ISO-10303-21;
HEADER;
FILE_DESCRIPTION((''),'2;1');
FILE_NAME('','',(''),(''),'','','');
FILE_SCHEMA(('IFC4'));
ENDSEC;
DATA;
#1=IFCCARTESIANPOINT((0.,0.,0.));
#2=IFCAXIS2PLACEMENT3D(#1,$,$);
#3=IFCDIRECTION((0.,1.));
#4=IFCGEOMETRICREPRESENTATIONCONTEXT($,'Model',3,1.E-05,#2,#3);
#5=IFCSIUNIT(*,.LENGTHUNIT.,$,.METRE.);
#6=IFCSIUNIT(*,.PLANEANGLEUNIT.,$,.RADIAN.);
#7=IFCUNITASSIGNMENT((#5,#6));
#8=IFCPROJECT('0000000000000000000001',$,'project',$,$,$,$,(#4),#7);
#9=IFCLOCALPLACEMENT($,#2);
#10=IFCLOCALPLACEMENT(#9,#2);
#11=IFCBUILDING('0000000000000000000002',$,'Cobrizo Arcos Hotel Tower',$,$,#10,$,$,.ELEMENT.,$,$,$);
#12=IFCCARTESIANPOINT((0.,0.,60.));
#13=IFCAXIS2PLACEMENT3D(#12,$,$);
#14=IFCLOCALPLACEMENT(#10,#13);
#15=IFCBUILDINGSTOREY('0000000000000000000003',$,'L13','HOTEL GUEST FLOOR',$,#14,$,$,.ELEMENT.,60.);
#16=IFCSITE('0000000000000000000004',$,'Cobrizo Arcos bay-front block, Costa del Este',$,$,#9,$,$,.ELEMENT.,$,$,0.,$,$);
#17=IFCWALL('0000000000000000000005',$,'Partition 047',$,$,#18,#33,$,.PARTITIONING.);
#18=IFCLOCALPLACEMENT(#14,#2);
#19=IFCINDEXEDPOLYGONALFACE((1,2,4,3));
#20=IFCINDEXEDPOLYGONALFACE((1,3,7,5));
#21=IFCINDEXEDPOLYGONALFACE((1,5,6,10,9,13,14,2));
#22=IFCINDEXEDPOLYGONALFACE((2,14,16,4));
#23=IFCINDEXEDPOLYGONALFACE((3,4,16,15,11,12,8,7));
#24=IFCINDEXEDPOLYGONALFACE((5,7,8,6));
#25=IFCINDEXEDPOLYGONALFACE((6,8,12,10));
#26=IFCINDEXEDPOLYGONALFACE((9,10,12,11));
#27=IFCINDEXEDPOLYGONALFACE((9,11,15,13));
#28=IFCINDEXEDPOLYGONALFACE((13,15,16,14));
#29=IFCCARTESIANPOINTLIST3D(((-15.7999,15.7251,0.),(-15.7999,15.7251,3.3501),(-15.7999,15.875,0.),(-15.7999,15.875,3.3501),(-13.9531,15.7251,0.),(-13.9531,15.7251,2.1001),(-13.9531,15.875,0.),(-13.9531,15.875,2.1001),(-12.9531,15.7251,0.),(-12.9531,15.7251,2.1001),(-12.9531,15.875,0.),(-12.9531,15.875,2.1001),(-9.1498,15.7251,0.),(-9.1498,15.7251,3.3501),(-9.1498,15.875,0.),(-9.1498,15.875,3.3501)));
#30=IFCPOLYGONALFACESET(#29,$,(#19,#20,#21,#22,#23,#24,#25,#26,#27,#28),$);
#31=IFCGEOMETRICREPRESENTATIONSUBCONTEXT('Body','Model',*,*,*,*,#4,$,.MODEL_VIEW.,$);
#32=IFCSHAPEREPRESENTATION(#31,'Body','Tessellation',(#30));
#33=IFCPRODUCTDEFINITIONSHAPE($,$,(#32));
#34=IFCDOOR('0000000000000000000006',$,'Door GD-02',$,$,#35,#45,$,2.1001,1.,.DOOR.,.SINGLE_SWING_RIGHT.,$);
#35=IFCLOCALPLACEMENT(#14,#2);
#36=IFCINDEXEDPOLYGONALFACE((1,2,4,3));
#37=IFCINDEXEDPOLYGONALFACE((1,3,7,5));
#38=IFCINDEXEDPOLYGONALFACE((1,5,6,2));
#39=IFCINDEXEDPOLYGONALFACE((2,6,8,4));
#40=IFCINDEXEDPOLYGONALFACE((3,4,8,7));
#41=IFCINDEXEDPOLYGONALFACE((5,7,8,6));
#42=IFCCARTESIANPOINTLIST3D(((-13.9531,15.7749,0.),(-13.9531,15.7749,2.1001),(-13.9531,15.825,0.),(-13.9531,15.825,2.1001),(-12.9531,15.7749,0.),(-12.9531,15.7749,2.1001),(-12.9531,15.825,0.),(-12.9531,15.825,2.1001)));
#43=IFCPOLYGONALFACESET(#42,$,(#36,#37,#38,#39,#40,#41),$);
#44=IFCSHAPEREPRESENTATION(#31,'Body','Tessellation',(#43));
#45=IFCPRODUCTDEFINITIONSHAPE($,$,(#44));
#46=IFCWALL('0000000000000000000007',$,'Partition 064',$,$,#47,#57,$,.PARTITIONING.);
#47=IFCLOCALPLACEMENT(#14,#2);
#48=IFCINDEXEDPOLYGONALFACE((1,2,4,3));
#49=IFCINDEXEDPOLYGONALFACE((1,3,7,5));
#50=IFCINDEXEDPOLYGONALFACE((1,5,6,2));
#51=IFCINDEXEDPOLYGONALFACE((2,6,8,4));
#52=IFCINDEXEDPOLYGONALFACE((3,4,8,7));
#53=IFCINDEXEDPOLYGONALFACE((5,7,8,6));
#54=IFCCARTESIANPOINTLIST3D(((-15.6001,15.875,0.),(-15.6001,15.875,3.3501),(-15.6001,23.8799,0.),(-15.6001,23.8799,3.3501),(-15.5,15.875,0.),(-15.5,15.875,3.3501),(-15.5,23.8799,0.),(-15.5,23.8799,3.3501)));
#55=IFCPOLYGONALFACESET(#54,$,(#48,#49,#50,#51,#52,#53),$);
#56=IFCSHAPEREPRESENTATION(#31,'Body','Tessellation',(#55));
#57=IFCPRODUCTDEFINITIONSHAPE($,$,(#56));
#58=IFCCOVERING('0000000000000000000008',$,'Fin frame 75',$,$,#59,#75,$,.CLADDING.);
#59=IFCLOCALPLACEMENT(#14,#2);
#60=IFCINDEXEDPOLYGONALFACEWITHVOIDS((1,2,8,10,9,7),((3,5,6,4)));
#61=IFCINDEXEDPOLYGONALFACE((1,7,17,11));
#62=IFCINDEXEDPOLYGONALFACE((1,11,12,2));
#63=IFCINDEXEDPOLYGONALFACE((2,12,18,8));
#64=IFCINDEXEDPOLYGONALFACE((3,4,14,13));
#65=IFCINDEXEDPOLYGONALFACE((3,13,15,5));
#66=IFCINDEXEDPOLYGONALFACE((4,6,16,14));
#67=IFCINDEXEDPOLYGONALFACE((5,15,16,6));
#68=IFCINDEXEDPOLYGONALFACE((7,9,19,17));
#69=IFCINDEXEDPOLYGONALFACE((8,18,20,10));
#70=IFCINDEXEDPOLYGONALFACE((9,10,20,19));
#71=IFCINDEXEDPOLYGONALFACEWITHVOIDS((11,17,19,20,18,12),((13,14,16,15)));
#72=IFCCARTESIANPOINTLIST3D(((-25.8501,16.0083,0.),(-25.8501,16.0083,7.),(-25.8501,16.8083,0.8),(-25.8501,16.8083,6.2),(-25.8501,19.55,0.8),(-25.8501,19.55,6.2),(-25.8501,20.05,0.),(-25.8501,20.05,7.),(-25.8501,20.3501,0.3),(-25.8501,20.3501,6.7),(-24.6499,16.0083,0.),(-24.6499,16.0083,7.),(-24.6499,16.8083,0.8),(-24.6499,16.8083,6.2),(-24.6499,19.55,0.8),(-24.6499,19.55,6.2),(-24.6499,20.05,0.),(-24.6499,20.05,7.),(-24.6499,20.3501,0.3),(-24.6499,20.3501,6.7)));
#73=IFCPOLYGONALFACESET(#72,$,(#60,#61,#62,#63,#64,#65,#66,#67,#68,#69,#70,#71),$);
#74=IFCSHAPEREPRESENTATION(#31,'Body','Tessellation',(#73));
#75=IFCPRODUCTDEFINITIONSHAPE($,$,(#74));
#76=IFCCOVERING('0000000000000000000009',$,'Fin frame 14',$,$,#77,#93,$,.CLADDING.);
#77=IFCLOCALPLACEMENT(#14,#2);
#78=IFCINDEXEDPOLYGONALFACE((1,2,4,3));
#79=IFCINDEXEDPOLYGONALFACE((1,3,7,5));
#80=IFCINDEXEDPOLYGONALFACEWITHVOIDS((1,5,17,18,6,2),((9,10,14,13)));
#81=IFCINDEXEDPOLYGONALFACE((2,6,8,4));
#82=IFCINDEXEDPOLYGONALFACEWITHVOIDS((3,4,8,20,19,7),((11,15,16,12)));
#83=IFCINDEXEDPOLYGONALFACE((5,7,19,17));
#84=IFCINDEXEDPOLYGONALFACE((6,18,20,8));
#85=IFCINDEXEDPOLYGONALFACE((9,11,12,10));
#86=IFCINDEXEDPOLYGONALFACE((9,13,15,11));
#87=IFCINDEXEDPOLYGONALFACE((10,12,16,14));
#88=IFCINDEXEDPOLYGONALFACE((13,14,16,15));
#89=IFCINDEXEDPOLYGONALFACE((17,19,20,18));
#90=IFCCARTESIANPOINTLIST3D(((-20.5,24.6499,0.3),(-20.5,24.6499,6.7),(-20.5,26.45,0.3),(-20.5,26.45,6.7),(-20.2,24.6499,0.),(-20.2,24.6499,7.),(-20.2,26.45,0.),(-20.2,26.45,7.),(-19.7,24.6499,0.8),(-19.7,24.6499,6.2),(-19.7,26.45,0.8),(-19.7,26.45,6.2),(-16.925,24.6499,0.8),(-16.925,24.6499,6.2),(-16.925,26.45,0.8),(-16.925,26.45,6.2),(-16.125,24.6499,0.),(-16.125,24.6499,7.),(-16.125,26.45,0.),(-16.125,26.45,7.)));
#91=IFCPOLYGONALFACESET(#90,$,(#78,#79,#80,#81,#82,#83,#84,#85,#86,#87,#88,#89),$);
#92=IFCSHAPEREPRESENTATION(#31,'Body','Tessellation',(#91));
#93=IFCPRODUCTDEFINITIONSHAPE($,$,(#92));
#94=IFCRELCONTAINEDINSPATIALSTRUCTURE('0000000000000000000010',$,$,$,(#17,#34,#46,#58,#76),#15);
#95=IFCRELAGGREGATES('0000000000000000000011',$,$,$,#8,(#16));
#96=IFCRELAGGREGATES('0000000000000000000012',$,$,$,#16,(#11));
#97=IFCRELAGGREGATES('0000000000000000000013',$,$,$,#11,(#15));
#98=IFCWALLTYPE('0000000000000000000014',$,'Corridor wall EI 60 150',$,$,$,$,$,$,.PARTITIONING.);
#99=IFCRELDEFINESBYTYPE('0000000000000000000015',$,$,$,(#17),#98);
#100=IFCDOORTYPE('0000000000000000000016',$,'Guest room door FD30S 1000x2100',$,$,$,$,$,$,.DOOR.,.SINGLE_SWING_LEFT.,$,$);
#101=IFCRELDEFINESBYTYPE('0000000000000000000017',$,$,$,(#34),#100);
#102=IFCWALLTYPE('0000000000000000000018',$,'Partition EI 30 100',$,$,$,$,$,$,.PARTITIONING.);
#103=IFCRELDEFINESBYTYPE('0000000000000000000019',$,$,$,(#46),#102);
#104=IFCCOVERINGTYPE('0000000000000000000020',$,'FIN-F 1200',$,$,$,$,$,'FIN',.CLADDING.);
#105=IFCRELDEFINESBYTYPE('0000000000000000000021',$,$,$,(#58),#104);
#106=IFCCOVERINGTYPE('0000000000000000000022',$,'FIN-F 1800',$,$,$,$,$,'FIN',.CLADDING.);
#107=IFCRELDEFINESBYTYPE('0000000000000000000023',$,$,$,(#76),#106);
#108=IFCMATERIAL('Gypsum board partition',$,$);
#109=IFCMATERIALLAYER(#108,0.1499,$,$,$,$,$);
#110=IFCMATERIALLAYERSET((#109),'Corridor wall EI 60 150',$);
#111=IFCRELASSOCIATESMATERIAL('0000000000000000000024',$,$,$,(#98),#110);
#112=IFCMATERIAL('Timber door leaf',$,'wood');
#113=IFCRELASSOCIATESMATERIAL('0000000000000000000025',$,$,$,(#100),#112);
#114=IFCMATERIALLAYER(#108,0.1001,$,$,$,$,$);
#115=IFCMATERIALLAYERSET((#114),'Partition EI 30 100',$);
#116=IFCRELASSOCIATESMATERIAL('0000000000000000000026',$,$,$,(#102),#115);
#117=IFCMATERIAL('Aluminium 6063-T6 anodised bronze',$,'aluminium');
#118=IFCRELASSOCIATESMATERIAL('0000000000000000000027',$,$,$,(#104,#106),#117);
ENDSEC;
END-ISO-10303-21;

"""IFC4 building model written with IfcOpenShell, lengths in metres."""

from ifc_helpers import new_model, si_unit, direction, frame, frame_2d, origin, place, context, subcontext, project, spatial, polyline, rectangle, outline, extrude, material, layer, layer_set, type_object, element, fill, save


model = new_model("IFC4")

# Units and contexts
model_context = context("Model", 3, precision=1e-05, world=origin(), true_north=direction((0.0, 1.0)))
body_context = subcontext(model_context, "Body", "Model", "MODEL_VIEW")
ifc_project = project(units=[si_unit("LENGTHUNIT", "METRE"), si_unit("PLANEANGLEUNIT", "RADIAN")], contexts=[model_context])

# Site, building, storey
site_placement = place(None, origin())
site = spatial("IfcSite", under=ifc_project, at=site_placement, Name="Cobrizo Arcos bay-front block, Costa del Este", CompositionType="ELEMENT", RefElevation=0.0)
building_placement = place(site_placement, origin())
building = spatial("IfcBuilding", under=site, at=building_placement, Name="Cobrizo Arcos Hotel Tower", CompositionType="ELEMENT")
storey_placement = place(building_placement, frame((0.0, 0.0, 60.0)))
storey = spatial("IfcBuildingStorey", under=building, at=storey_placement, Name="L13", Description="HOTEL GUEST FLOOR", CompositionType="ELEMENT", Elevation=60.0)

# Shared definitions
ifc_material_1 = material(Name="Aluminium 6063-T6 anodised bronze", Category="aluminium")

# Wall, opening, door
ifc_material_2 = material(Name="Gypsum board partition")
ifc_layer_1 = layer(ifc_material_2, 0.1499)
ifc_layer_set_1 = layer_set([ifc_layer_1], Name="Corridor wall EI 60 150")
wall_type_1 = type_object("IfcWallType", Name="Corridor wall EI 60 150", PredefinedType="PARTITIONING", material=ifc_layer_set_1)
wall_1_placement = place(storey_placement, frame((-15.8, 15.8, 0.0), z_axis=(0.0, 0.0, 1.0), x_axis=(1.0, 0.0, 0.0)))
wall_1 = element("IfcWall", 1, at=wall_1_placement, inside=storey, type_object=wall_type_1, Name="Partition 047", PredefinedType="PARTITIONING", context=body_context, shape_type="SweptSolid", body=[
    extrude(rectangle(XDim=6.6501, YDim=0.1499, at=frame_2d((3.3252, 0.0))), origin(), (0.0, 0.0, 1.0), 3.3501),
])
opening_placement = place(wall_1_placement, frame((1.8469, 0.0, 0.0)))
opening = element("IfcOpeningElement", 2, at=opening_placement, cuts=wall_1, PredefinedType="OPENING", context=body_context, shape_type="SweptSolid", body=[
    extrude(rectangle(XDim=1.0, YDim=2.1001, at=frame_2d((0.5, 1.05))), frame((0.0, 0.0869, 0.0), z_axis=(0.0, -1.0, 0.0), x_axis=(1.0, 0.0, 0.0)), (0.0, 0.0, 1.0), 0.1738),
])
ifc_material_3 = material(Name="Timber door leaf", Category="wood")
door_type = type_object("IfcDoorType", Name="Guest room door FD30S 1000x2100", OperationType="SINGLE_SWING_LEFT", PredefinedType="DOOR", material=ifc_material_3)
door_placement = place(opening_placement, origin())
door = element("IfcDoor", 3, at=door_placement, inside=storey, type_object=door_type, Name="Door GD-02", OperationType="SINGLE_SWING_RIGHT", OverallHeight=2.1001, OverallWidth=1.0, PredefinedType="DOOR", context=body_context, shape_type="SweptSolid", body=[
    extrude(rectangle(XDim=1.0, YDim=2.1001, at=frame_2d((0.5, 1.05))), frame((0.0, 0.0249, 0.0), z_axis=(0.0, -1.0, 0.0), x_axis=(1.0, 0.0, 0.0)), (0.0, 0.0, 1.0), 0.05),
])
fill(opening, door)

# Wall
ifc_layer_2 = layer(ifc_material_2, 0.1001)
ifc_layer_set_2 = layer_set([ifc_layer_2], Name="Partition EI 30 100")
wall_type_2 = type_object("IfcWallType", Name="Partition EI 30 100", PredefinedType="PARTITIONING", material=ifc_layer_set_2)
wall_2_placement = place(storey_placement, frame((-15.55, 15.875, 0.0), z_axis=(0.0, 0.0, 1.0), x_axis=(0.0, 1.0, 0.0)))
element("IfcWall", 4, at=wall_2_placement, inside=storey, type_object=wall_type_2, Name="Partition 064", PredefinedType="PARTITIONING", context=body_context, shape_type="SweptSolid", body=[
    extrude(rectangle(XDim=8.0049, YDim=0.1001, at=frame_2d((4.0024, 0.0))), origin(), (0.0, 0.0, 1.0), 3.3501),
])

# Coverings
covering_type_1 = type_object("IfcCoveringType", Name="FIN-F 1200", ElementType="FIN", PredefinedType="CLADDING", material=ifc_material_1)
covering_1_placement = place(storey_placement, frame((-24.6499, 20.3501, 0.0), z_axis=(-1.0, 0.0, 0.0), x_axis=(0.0, -1.0, 0.0)))
element("IfcCovering", 5, at=covering_1_placement, inside=storey, type_object=covering_type_1, Name="Fin frame 75", PredefinedType="CLADDING", context=body_context, shape_type="SweptSolid", body=[
    extrude(outline(polyline([(0.0, 0.3), (0.3, 0.0), (4.3418, 0.0), (4.3418, 7.0), (0.3, 7.0), (0.0, 6.7), (0.0, 0.3)]), holes=[polyline([(3.5417, 0.8), (0.8, 0.8), (0.8, 6.2), (3.5417, 6.2), (3.5417, 0.8)])]), origin(), (0.0, 0.0, 1.0), 1.2002),
])
covering_type_2 = type_object("IfcCoveringType", Name="FIN-F 1800", ElementType="FIN", PredefinedType="CLADDING", material=ifc_material_1)
covering_2_placement = place(storey_placement, frame((-16.125, 24.6499, 0.0), z_axis=(0.0, 1.0, 0.0), x_axis=(-1.0, 0.0, 0.0)))
element("IfcCovering", 6, at=covering_2_placement, inside=storey, type_object=covering_type_2, Name="Fin frame 14", PredefinedType="CLADDING", context=body_context, shape_type="SweptSolid", body=[
    extrude(outline(polyline([(0.0, 7.0), (0.0, 0.0), (4.075, 0.0), (4.375, 0.3), (4.375, 6.7), (4.075, 7.0), (0.0, 7.0)]), holes=[polyline([(3.575, 0.8), (0.8, 0.8), (0.8, 6.2), (3.575, 6.2), (3.575, 0.8)])]), origin(), (0.0, 0.0, 1.0), 1.8),
])

save(model, "model.ifc")
